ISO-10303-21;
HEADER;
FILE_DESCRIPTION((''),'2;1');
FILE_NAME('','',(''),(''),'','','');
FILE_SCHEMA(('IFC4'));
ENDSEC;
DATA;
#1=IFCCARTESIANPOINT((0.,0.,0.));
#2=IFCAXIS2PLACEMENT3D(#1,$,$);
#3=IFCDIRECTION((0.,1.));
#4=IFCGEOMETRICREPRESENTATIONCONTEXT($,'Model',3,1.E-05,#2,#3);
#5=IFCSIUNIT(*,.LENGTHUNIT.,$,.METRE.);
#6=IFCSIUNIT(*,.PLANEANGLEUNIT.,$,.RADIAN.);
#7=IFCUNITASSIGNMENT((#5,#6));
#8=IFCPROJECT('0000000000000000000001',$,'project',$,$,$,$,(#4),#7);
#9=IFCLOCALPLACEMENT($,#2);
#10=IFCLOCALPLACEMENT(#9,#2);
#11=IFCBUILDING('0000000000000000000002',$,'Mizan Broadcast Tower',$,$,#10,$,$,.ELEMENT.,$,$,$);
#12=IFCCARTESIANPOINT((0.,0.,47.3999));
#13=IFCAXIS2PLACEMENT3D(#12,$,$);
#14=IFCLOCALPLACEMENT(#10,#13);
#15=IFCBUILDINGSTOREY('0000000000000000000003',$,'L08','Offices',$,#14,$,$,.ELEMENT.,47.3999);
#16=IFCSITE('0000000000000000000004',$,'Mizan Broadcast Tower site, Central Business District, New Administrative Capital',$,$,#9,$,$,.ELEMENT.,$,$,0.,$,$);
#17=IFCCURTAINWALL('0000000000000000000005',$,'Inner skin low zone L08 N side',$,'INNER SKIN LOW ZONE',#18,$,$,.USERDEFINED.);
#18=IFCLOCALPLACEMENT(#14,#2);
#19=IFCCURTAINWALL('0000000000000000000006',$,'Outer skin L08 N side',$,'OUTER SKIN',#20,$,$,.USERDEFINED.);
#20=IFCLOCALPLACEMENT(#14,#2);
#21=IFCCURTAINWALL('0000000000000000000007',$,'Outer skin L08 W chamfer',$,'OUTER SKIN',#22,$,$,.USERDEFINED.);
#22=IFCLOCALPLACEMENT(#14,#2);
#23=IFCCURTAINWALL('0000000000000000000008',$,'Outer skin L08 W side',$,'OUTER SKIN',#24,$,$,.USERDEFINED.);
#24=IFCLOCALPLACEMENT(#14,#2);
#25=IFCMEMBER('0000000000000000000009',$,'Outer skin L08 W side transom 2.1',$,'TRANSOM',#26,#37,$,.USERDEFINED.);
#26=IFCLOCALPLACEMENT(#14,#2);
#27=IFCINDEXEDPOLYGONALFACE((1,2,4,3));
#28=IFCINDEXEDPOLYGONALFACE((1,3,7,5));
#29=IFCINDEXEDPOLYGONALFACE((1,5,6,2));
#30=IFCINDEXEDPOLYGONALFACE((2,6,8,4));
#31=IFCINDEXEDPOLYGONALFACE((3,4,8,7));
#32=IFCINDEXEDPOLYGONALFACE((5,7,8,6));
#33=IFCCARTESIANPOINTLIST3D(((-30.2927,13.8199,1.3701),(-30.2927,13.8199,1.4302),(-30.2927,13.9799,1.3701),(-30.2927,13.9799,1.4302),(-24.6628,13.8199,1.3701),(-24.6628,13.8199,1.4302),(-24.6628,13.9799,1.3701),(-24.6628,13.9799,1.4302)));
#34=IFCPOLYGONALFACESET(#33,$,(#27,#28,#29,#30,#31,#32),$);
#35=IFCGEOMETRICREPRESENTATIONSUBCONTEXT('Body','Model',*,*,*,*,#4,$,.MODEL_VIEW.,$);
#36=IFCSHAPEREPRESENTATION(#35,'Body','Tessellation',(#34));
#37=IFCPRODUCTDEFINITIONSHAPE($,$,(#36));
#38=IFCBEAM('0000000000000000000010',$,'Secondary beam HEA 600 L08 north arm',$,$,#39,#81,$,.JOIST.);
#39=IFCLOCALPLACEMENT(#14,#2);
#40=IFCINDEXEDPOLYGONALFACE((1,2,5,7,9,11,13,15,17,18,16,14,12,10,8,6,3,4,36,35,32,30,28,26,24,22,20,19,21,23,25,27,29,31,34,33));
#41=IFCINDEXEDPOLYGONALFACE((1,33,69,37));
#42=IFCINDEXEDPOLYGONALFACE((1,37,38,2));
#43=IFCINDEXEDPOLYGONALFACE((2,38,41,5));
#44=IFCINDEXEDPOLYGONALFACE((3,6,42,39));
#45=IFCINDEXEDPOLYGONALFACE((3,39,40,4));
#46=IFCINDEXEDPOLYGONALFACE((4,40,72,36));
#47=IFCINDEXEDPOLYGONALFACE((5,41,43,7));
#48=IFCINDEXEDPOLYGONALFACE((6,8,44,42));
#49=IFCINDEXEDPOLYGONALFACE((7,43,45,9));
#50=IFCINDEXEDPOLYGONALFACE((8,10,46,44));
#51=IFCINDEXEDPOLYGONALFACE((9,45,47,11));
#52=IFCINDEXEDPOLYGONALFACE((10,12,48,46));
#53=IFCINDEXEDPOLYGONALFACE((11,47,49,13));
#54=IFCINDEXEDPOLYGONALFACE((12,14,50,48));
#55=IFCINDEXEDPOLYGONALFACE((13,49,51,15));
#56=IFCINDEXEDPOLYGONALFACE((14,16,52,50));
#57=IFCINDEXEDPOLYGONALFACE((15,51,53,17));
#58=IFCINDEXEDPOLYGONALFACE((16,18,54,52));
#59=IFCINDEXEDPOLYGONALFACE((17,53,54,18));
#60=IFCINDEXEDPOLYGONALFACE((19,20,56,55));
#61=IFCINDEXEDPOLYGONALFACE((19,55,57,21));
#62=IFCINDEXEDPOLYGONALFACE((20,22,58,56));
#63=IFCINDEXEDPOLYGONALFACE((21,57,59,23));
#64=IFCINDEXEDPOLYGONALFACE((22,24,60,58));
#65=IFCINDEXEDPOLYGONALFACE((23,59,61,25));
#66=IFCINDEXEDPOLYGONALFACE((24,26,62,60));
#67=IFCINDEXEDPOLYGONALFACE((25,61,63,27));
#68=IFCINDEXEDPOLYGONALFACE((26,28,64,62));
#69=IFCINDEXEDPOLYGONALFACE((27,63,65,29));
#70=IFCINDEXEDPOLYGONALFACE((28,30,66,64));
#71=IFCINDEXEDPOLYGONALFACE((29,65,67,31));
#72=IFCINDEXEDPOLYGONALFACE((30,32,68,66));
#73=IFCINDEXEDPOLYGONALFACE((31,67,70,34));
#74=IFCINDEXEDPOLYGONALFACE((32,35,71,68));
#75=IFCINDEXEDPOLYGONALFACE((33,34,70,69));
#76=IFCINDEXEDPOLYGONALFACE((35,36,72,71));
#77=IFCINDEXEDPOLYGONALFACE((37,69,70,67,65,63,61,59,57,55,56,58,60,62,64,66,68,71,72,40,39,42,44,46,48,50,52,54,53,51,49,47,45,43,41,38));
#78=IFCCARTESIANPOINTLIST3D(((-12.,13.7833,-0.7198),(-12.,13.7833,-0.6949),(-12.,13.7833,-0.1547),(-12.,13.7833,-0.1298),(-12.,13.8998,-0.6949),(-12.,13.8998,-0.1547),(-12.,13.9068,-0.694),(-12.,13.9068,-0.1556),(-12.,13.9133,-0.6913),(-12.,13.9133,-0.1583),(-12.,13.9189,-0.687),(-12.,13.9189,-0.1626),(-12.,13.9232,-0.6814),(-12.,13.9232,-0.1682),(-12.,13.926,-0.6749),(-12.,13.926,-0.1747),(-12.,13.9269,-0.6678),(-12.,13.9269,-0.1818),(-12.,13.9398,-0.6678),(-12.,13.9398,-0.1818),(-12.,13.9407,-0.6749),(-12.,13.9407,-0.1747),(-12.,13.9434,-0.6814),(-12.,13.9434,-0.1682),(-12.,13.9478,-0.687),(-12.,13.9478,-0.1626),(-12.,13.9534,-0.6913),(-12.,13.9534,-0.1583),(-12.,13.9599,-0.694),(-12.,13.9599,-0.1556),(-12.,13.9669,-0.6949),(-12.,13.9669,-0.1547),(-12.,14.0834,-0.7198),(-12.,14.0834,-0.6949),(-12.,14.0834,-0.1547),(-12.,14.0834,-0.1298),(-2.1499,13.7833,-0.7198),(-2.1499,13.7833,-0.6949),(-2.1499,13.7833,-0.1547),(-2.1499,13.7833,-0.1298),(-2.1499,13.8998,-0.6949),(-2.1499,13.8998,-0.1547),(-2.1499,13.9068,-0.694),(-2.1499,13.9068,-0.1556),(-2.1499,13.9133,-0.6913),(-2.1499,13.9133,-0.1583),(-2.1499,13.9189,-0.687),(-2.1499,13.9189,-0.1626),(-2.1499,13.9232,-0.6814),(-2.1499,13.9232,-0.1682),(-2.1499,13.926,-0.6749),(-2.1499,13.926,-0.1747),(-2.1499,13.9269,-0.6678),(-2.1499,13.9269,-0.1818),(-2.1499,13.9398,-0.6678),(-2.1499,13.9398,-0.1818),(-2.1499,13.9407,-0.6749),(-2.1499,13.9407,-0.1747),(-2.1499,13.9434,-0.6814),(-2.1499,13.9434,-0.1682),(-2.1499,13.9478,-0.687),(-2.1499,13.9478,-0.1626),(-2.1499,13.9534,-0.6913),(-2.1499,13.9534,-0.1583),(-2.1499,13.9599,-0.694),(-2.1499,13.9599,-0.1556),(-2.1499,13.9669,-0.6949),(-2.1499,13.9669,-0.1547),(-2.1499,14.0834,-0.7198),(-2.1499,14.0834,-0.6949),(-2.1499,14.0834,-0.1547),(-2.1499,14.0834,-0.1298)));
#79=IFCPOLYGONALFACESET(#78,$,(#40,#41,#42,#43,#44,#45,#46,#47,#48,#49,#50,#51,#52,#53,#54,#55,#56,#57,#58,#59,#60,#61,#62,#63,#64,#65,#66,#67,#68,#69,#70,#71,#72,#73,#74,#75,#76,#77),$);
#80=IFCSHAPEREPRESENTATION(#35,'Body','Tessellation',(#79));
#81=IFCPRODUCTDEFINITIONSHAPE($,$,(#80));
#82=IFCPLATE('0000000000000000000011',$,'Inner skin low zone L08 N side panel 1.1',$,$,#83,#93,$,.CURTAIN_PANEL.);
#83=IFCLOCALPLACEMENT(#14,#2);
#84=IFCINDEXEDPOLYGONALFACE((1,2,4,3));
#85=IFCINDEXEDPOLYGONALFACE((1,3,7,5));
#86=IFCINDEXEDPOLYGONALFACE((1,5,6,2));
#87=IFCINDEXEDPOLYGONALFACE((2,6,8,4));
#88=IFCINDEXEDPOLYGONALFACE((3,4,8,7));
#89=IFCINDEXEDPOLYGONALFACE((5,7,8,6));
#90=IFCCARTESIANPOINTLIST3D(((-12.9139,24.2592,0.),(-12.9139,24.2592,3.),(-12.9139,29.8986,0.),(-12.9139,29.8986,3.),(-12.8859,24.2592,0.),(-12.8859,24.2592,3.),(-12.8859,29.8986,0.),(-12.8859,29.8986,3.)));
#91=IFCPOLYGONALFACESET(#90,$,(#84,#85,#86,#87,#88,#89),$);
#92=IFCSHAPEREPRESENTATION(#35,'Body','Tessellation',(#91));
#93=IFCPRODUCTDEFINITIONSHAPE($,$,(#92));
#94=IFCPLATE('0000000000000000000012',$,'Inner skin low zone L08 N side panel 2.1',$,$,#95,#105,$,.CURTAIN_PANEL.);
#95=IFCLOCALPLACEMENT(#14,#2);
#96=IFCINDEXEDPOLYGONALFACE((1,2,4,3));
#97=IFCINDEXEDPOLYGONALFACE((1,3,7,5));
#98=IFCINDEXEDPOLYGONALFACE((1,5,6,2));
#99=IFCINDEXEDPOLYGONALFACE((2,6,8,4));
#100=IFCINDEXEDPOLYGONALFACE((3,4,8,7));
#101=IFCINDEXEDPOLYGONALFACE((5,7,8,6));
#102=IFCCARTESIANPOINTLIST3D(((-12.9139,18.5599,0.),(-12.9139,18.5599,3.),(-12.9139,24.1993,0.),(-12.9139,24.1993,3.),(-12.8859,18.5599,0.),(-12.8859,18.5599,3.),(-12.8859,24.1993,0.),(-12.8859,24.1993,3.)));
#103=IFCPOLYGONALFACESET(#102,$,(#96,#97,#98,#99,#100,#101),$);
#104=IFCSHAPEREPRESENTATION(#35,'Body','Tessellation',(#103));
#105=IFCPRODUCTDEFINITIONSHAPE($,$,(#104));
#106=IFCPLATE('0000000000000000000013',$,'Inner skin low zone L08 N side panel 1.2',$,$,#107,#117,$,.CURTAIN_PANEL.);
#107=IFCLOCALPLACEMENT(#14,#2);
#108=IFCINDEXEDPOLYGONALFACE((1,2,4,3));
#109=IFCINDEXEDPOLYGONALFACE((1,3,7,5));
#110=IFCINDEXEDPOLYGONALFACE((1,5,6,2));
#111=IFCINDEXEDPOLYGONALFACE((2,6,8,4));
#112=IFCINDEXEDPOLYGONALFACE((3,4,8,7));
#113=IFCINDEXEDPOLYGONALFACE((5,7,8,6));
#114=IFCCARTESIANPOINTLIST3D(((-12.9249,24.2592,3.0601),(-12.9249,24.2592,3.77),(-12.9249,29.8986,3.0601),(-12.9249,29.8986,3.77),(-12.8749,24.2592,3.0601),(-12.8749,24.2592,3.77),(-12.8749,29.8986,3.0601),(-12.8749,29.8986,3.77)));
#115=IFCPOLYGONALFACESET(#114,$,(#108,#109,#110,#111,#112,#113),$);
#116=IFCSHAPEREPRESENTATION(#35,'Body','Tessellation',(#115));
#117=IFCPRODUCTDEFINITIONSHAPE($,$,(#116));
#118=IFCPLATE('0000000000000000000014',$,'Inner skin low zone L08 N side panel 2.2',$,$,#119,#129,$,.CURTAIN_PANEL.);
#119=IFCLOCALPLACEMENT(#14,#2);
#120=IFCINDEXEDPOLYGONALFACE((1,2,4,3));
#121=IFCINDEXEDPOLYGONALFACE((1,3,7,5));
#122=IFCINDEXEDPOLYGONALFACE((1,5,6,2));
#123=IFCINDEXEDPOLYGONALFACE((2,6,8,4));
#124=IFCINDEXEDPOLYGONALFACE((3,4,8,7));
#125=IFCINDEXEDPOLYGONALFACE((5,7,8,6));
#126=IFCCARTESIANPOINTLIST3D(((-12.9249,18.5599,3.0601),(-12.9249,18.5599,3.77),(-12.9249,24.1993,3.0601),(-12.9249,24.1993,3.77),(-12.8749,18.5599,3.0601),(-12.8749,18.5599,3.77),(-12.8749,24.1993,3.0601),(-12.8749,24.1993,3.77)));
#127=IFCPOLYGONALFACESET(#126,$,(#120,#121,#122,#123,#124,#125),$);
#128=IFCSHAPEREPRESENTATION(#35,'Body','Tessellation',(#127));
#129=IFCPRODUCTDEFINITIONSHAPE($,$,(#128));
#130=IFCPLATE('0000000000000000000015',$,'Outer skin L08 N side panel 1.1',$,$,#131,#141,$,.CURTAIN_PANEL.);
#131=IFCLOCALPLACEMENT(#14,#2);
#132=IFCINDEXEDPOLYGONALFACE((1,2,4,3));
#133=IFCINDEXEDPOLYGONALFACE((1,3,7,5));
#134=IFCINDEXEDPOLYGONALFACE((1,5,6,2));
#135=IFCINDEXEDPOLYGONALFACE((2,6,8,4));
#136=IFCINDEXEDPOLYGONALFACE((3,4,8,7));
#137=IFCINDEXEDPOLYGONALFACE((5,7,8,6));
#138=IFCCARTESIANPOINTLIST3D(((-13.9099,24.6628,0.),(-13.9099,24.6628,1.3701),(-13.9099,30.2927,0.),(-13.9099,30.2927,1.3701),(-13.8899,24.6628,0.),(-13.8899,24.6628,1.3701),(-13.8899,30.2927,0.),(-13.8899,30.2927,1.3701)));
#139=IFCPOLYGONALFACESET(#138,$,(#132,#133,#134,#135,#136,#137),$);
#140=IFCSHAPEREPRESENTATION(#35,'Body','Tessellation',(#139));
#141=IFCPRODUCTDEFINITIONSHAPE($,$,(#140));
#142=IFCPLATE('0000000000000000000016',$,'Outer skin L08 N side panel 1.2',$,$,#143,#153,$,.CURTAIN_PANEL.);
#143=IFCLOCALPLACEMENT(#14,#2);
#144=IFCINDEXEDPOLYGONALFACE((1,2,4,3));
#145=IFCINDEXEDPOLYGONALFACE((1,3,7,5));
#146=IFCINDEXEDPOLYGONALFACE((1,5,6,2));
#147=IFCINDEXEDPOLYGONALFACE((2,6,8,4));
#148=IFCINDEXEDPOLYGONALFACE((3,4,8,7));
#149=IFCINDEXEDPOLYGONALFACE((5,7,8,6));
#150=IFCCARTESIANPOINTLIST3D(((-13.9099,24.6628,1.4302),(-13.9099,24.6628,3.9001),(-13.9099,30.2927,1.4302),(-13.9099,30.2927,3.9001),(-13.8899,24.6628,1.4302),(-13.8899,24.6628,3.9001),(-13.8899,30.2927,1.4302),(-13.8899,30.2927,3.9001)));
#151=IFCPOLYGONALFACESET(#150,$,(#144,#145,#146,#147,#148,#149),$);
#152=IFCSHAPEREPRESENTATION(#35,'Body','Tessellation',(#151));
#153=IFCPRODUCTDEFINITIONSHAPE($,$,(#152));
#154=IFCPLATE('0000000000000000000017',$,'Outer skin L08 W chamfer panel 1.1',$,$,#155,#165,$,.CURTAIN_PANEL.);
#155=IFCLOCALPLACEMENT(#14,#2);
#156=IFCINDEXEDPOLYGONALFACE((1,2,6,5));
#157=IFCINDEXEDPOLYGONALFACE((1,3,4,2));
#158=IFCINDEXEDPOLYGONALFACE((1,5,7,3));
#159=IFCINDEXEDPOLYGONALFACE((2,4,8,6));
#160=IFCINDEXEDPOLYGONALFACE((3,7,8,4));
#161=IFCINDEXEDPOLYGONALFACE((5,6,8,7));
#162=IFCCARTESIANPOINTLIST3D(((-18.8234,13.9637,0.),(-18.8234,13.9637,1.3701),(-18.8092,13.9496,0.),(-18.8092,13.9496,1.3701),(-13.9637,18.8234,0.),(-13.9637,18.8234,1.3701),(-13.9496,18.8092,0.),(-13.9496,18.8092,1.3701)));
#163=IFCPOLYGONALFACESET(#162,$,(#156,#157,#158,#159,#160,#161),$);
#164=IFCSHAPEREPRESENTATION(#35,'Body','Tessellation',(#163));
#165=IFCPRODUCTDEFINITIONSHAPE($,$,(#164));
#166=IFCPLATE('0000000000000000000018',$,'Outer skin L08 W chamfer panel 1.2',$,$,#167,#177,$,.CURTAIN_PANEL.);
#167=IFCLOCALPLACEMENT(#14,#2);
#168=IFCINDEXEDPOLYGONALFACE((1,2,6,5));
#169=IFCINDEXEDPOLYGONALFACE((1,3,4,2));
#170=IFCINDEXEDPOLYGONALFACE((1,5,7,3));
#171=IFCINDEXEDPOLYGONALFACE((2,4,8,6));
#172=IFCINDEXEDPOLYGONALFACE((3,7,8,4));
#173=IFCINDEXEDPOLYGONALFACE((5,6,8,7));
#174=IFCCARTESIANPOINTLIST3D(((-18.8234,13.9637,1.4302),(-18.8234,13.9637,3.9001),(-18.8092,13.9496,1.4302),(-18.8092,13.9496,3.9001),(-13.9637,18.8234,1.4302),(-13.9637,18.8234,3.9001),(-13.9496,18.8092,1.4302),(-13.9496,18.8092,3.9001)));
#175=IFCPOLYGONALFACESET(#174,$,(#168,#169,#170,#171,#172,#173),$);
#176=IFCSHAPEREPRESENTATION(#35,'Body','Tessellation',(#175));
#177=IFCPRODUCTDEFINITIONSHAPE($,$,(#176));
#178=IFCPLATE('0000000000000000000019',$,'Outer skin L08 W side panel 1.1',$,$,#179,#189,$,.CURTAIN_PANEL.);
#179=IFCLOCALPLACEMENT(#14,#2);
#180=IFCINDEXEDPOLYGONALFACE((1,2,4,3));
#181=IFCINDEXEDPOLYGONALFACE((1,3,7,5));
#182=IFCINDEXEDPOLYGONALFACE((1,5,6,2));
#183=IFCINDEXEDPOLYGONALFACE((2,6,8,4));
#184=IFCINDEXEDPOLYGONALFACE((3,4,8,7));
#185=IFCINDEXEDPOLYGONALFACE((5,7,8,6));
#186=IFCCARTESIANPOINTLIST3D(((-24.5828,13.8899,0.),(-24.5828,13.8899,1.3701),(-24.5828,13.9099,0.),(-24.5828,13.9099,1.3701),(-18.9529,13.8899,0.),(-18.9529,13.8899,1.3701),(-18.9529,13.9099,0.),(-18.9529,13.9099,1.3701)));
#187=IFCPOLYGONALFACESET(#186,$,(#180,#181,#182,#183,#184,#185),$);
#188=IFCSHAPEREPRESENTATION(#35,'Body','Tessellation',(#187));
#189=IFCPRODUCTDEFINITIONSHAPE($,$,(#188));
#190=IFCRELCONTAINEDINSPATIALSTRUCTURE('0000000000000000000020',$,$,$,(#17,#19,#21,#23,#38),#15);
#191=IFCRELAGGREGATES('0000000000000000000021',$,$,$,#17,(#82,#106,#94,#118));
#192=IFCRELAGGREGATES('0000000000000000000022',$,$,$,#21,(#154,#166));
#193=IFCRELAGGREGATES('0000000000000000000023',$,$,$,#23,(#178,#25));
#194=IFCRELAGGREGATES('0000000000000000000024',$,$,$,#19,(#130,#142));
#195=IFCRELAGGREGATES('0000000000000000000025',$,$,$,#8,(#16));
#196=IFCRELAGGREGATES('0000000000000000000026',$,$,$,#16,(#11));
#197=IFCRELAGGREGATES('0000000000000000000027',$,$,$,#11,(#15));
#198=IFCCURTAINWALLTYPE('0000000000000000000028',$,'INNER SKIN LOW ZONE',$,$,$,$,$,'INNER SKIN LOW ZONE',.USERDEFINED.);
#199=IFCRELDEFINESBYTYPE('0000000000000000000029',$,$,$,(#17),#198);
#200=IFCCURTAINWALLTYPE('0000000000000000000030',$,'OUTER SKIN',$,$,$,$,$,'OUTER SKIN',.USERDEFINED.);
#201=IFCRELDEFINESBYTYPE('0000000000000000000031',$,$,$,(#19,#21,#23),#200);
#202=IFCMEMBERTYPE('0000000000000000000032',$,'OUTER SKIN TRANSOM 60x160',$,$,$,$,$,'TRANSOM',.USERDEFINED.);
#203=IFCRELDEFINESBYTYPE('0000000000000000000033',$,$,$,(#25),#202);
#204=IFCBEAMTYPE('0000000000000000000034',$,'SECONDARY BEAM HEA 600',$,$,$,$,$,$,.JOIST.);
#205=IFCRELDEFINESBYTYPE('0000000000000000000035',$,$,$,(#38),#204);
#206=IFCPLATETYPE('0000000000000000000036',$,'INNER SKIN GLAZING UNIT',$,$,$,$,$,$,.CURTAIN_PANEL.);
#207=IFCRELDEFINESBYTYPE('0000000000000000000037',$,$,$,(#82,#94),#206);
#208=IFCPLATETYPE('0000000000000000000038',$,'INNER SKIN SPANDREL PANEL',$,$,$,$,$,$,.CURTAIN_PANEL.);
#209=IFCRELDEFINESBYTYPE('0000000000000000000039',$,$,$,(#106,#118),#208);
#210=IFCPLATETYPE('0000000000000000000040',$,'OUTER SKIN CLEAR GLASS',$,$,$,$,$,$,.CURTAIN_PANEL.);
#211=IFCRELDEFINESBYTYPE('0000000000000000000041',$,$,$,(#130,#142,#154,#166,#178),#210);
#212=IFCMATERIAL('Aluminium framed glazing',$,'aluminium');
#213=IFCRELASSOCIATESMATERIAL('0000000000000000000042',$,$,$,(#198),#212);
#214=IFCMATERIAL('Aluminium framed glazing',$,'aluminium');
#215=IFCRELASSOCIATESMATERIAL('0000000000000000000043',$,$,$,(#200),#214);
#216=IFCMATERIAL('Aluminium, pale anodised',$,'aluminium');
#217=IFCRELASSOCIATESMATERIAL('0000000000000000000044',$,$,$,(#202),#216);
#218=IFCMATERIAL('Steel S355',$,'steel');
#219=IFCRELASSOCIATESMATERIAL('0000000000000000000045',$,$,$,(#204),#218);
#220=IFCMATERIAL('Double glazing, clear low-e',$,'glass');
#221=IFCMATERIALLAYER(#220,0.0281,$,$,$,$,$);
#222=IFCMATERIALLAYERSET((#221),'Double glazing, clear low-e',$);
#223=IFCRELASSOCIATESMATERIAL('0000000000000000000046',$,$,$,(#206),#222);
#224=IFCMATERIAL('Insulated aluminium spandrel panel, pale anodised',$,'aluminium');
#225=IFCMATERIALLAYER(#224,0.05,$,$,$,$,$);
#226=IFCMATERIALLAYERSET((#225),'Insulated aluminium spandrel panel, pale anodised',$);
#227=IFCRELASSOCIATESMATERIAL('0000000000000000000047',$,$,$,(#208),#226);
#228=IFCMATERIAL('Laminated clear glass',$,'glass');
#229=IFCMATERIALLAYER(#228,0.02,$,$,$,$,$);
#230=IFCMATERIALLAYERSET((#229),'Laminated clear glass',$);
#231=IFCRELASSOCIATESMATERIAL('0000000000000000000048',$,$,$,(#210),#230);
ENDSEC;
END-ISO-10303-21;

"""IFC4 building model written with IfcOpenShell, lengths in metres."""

from ifc_helpers import new_model, si_unit, direction, frame, origin, origin_2d, place, context, subcontext, project, spatial, rectangle, i_section, extrude, material, layer, layer_set, material_profile, profile_set, type_object, element, aggregate, save


model = new_model("IFC4")

# Units and contexts
model_context = context("Model", 3, precision=1e-05, world=origin(), true_north=direction((0.0, 1.0)))
body_context = subcontext(model_context, "Body", "Model", "MODEL_VIEW")
ifc_project = project(units=[si_unit("LENGTHUNIT", "METRE"), si_unit("PLANEANGLEUNIT", "RADIAN")], contexts=[model_context])

# Site, building, storey
site_placement = place(None, origin())
site = spatial("IfcSite", under=ifc_project, at=site_placement, Name="Mizan Broadcast Tower site, Central Business District, New Administrative Capital", CompositionType="ELEMENT", RefElevation=0.0)
building_placement = place(site_placement, origin())
building = spatial("IfcBuilding", under=site, at=building_placement, Name="Mizan Broadcast Tower", CompositionType="ELEMENT")
storey_placement = place(building_placement, frame((0.0, 0.0, 47.3999)))
storey = spatial("IfcBuildingStorey", under=building, at=storey_placement, Name="L08", Description="Offices", CompositionType="ELEMENT", Elevation=47.3999)

# Shared definitions
ifc_material_1 = material(Name="Aluminium framed glazing", Category="aluminium")
curtain_wall_type_1 = type_object("IfcCurtainWallType", Name="INNER SKIN LOW ZONE", ElementType="INNER SKIN LOW ZONE", PredefinedType="USERDEFINED", material=ifc_material_1)

# Curtain wall
curtain_wall_1_placement = place(storey_placement, origin())
curtain_wall_1 = element("IfcCurtainWall", 1, at=curtain_wall_1_placement, inside=storey, type_object=curtain_wall_type_1, Name="Inner skin low zone L08 N side", ObjectType="INNER SKIN LOW ZONE", PredefinedType="USERDEFINED")

# Shared definitions
ifc_material_2 = material(Name="Aluminium framed glazing", Category="aluminium")
curtain_wall_type_2 = type_object("IfcCurtainWallType", Name="OUTER SKIN", ElementType="OUTER SKIN", PredefinedType="USERDEFINED", material=ifc_material_2)

# Curtain wall
curtain_wall_2_placement = place(storey_placement, origin())
curtain_wall_2 = element("IfcCurtainWall", 2, at=curtain_wall_2_placement, inside=storey, type_object=curtain_wall_type_2, Name="Outer skin L08 N side", ObjectType="OUTER SKIN", PredefinedType="USERDEFINED")

# Curtain walls
curtain_wall_3_placement = place(storey_placement, origin())
curtain_wall_3 = element("IfcCurtainWall", 3, at=curtain_wall_3_placement, inside=storey, type_object=curtain_wall_type_2, Name="Outer skin L08 W chamfer", ObjectType="OUTER SKIN", PredefinedType="USERDEFINED")
curtain_wall_4_placement = place(storey_placement, origin())
curtain_wall_4 = element("IfcCurtainWall", 4, at=curtain_wall_4_placement, inside=storey, type_object=curtain_wall_type_2, Name="Outer skin L08 W side", ObjectType="OUTER SKIN", PredefinedType="USERDEFINED")

# Member
ifc_material_3 = material(Name="Aluminium, pale anodised", Category="aluminium")
ifc_material_profile_1 = material_profile(ifc_material_3, rectangle(XDim=0.1599, YDim=0.0601, at=origin_2d()), Name="TRANSOM 160x60")
ifc_profile_set_1 = profile_set([ifc_material_profile_1], Name="Aluminium, pale anodised")
member_type_1 = type_object("IfcMemberType", Name="OUTER SKIN TRANSOM 60x160", ElementType="TRANSOM", PredefinedType="USERDEFINED", material=ifc_profile_set_1)
member_1_placement = place(storey_placement, frame((-24.6628, 13.8999, 1.4001), z_axis=(-1.0, 0.0, 0.0), x_axis=(0.0, -1.0, 0.0)))
member_1 = element("IfcMember", 5, at=member_1_placement, type_object=member_type_1, Name="Outer skin L08 W side transom 2.1", ObjectType="TRANSOM", PredefinedType="USERDEFINED", context=body_context, shape_type="SweptSolid", body=[
    extrude(rectangle(XDim=0.1599, YDim=0.0601, at=origin_2d()), origin(), (0.0, 0.0, 1.0), 5.6299),
])

# Beam
ifc_material_4 = material(Name="Steel S355", Category="steel")
ifc_material_profile_2 = material_profile(ifc_material_4, i_section(OverallWidth=0.3, OverallDepth=0.5901, WebThickness=0.0129, FlangeThickness=0.0249, FilletRadius=0.0271, at=origin_2d()), Name="HEA 600")
ifc_profile_set_2 = profile_set([ifc_material_profile_2], Name="Steel S355")
beam_type = type_object("IfcBeamType", Name="SECONDARY BEAM HEA 600", PredefinedType="JOIST", material=ifc_profile_set_2)
beam_placement = place(storey_placement, frame((-12.0, 13.9333, -0.4248), z_axis=(1.0, 0.0, 0.0), x_axis=(0.0, 1.0, 0.0)))
element("IfcBeam", 6, at=beam_placement, inside=storey, type_object=beam_type, Name="Secondary beam HEA 600 L08 north arm", PredefinedType="JOIST", context=body_context, shape_type="SweptSolid", body=[
    extrude(i_section(OverallWidth=0.3, OverallDepth=0.5901, WebThickness=0.0129, FlangeThickness=0.0249, FilletRadius=0.0271, at=origin_2d()), origin(), (0.0, 0.0, 1.0), 9.8501),
])

# Plates
ifc_material_5 = material(Name="Double glazing, clear low-e", Category="glass")
ifc_layer_1 = layer(ifc_material_5, 0.0281)
ifc_layer_set_1 = layer_set([ifc_layer_1], Name="Double glazing, clear low-e")
plate_type_1 = type_object("IfcPlateType", Name="INNER SKIN GLAZING UNIT", PredefinedType="CURTAIN_PANEL", material=ifc_layer_set_1)
plate_1_placement = place(storey_placement, frame((-12.8999, 27.0789, 0.0), z_axis=(0.0, 0.0, 1.0), x_axis=(0.0, -1.0, 0.0)))
plate_1 = element("IfcPlate", 7, at=plate_1_placement, type_object=plate_type_1, Name="Inner skin low zone L08 N side panel 1.1", PredefinedType="CURTAIN_PANEL", context=body_context, shape_type="SweptSolid", body=[
    extrude(rectangle(XDim=5.6394, YDim=0.0281, at=origin_2d()), origin(), (0.0, 0.0, 1.0), 3.0),
])
plate_2_placement = place(storey_placement, frame((-12.8999, 21.3796, 0.0), z_axis=(0.0, 0.0, 1.0), x_axis=(0.0, -1.0, 0.0)))
plate_2 = element("IfcPlate", 8, at=plate_2_placement, type_object=plate_type_1, Name="Inner skin low zone L08 N side panel 2.1", PredefinedType="CURTAIN_PANEL", context=body_context, shape_type="SweptSolid", body=[
    extrude(rectangle(XDim=5.6394, YDim=0.0281, at=origin_2d()), origin(), (0.0, 0.0, 1.0), 3.0),
])
ifc_material_6 = material(Name="Insulated aluminium spandrel panel, pale anodised", Category="aluminium")
ifc_layer_2 = layer(ifc_material_6, 0.05)
ifc_layer_set_2 = layer_set([ifc_layer_2], Name="Insulated aluminium spandrel panel, pale anodised")
plate_type_2 = type_object("IfcPlateType", Name="INNER SKIN SPANDREL PANEL", PredefinedType="CURTAIN_PANEL", material=ifc_layer_set_2)
plate_3_placement = place(storey_placement, frame((-12.8999, 27.0789, 3.0601), z_axis=(0.0, 0.0, 1.0), x_axis=(0.0, -1.0, 0.0)))
plate_3 = element("IfcPlate", 9, at=plate_3_placement, type_object=plate_type_2, Name="Inner skin low zone L08 N side panel 1.2", PredefinedType="CURTAIN_PANEL", context=body_context, shape_type="SweptSolid", body=[
    extrude(rectangle(XDim=5.6394, YDim=0.05, at=origin_2d()), origin(), (0.0, 0.0, 1.0), 0.71),
])
plate_4_placement = place(storey_placement, frame((-12.8999, 21.3796, 3.0601), z_axis=(0.0, 0.0, 1.0), x_axis=(0.0, -1.0, 0.0)))
plate_4 = element("IfcPlate", 10, at=plate_4_placement, type_object=plate_type_2, Name="Inner skin low zone L08 N side panel 2.2", PredefinedType="CURTAIN_PANEL", context=body_context, shape_type="SweptSolid", body=[
    extrude(rectangle(XDim=5.6394, YDim=0.05, at=origin_2d()), origin(), (0.0, 0.0, 1.0), 0.71),
])
aggregate(curtain_wall_1, [plate_1, plate_3, plate_2, plate_4])
ifc_material_7 = material(Name="Laminated clear glass", Category="glass")
ifc_layer_3 = layer(ifc_material_7, 0.02)
ifc_layer_set_3 = layer_set([ifc_layer_3], Name="Laminated clear glass")
plate_type_3 = type_object("IfcPlateType", Name="OUTER SKIN CLEAR GLASS", PredefinedType="CURTAIN_PANEL", material=ifc_layer_set_3)
plate_5_placement = place(storey_placement, frame((-13.8999, 27.4778, 0.0), z_axis=(0.0, 0.0, 1.0), x_axis=(0.0, -1.0, 0.0)))
plate_5 = element("IfcPlate", 11, at=plate_5_placement, type_object=plate_type_3, Name="Outer skin L08 N side panel 1.1", PredefinedType="CURTAIN_PANEL", context=body_context, shape_type="SweptSolid", body=[
    extrude(rectangle(XDim=5.6299, YDim=0.02, at=origin_2d()), origin(), (0.0, 0.0, 1.0), 1.3701),
])
plate_6_placement = place(storey_placement, frame((-13.8999, 27.4778, 1.4302), z_axis=(0.0, 0.0, 1.0), x_axis=(0.0, -1.0, 0.0)))
plate_6 = element("IfcPlate", 12, at=plate_6_placement, type_object=plate_type_3, Name="Outer skin L08 N side panel 1.2", PredefinedType="CURTAIN_PANEL", context=body_context, shape_type="SweptSolid", body=[
    extrude(rectangle(XDim=5.6299, YDim=0.02, at=origin_2d()), origin(), (0.0, 0.0, 1.0), 2.47),
])
plate_7_placement = place(storey_placement, frame((-16.3865, 16.3865, 0.0), z_axis=(0.0, 0.0, 1.0), x_axis=(-0.707107, -0.707107, 0.0)))
plate_7 = element("IfcPlate", 13, at=plate_7_placement, type_object=plate_type_3, Name="Outer skin L08 W chamfer panel 1.1", PredefinedType="CURTAIN_PANEL", context=body_context, shape_type="SweptSolid", body=[
    extrude(rectangle(XDim=6.8726, YDim=0.02, at=origin_2d()), origin(), (0.0, 0.0, 1.0), 1.3701),
])
plate_8_placement = place(storey_placement, frame((-16.3865, 16.3865, 1.4302), z_axis=(0.0, 0.0, 1.0), x_axis=(-0.707107, -0.707107, 0.0)))
plate_8 = element("IfcPlate", 14, at=plate_8_placement, type_object=plate_type_3, Name="Outer skin L08 W chamfer panel 1.2", PredefinedType="CURTAIN_PANEL", context=body_context, shape_type="SweptSolid", body=[
    extrude(rectangle(XDim=6.8726, YDim=0.02, at=origin_2d()), origin(), (0.0, 0.0, 1.0), 2.47),
])
aggregate(curtain_wall_3, [plate_7, plate_8])
plate_9_placement = place(storey_placement, frame((-21.7678, 13.8999, 0.0), z_axis=(0.0, 0.0, 1.0), x_axis=(-1.0, 0.0, 0.0)))
plate_9 = element("IfcPlate", 15, at=plate_9_placement, type_object=plate_type_3, Name="Outer skin L08 W side panel 1.1", PredefinedType="CURTAIN_PANEL", context=body_context, shape_type="SweptSolid", body=[
    extrude(rectangle(XDim=5.6299, YDim=0.02, at=origin_2d()), origin(), (0.0, 0.0, 1.0), 1.3701),
])
aggregate(curtain_wall_4, [plate_9, member_1])
aggregate(curtain_wall_2, [plate_5, plate_6])

save(model, "model.ifc")
